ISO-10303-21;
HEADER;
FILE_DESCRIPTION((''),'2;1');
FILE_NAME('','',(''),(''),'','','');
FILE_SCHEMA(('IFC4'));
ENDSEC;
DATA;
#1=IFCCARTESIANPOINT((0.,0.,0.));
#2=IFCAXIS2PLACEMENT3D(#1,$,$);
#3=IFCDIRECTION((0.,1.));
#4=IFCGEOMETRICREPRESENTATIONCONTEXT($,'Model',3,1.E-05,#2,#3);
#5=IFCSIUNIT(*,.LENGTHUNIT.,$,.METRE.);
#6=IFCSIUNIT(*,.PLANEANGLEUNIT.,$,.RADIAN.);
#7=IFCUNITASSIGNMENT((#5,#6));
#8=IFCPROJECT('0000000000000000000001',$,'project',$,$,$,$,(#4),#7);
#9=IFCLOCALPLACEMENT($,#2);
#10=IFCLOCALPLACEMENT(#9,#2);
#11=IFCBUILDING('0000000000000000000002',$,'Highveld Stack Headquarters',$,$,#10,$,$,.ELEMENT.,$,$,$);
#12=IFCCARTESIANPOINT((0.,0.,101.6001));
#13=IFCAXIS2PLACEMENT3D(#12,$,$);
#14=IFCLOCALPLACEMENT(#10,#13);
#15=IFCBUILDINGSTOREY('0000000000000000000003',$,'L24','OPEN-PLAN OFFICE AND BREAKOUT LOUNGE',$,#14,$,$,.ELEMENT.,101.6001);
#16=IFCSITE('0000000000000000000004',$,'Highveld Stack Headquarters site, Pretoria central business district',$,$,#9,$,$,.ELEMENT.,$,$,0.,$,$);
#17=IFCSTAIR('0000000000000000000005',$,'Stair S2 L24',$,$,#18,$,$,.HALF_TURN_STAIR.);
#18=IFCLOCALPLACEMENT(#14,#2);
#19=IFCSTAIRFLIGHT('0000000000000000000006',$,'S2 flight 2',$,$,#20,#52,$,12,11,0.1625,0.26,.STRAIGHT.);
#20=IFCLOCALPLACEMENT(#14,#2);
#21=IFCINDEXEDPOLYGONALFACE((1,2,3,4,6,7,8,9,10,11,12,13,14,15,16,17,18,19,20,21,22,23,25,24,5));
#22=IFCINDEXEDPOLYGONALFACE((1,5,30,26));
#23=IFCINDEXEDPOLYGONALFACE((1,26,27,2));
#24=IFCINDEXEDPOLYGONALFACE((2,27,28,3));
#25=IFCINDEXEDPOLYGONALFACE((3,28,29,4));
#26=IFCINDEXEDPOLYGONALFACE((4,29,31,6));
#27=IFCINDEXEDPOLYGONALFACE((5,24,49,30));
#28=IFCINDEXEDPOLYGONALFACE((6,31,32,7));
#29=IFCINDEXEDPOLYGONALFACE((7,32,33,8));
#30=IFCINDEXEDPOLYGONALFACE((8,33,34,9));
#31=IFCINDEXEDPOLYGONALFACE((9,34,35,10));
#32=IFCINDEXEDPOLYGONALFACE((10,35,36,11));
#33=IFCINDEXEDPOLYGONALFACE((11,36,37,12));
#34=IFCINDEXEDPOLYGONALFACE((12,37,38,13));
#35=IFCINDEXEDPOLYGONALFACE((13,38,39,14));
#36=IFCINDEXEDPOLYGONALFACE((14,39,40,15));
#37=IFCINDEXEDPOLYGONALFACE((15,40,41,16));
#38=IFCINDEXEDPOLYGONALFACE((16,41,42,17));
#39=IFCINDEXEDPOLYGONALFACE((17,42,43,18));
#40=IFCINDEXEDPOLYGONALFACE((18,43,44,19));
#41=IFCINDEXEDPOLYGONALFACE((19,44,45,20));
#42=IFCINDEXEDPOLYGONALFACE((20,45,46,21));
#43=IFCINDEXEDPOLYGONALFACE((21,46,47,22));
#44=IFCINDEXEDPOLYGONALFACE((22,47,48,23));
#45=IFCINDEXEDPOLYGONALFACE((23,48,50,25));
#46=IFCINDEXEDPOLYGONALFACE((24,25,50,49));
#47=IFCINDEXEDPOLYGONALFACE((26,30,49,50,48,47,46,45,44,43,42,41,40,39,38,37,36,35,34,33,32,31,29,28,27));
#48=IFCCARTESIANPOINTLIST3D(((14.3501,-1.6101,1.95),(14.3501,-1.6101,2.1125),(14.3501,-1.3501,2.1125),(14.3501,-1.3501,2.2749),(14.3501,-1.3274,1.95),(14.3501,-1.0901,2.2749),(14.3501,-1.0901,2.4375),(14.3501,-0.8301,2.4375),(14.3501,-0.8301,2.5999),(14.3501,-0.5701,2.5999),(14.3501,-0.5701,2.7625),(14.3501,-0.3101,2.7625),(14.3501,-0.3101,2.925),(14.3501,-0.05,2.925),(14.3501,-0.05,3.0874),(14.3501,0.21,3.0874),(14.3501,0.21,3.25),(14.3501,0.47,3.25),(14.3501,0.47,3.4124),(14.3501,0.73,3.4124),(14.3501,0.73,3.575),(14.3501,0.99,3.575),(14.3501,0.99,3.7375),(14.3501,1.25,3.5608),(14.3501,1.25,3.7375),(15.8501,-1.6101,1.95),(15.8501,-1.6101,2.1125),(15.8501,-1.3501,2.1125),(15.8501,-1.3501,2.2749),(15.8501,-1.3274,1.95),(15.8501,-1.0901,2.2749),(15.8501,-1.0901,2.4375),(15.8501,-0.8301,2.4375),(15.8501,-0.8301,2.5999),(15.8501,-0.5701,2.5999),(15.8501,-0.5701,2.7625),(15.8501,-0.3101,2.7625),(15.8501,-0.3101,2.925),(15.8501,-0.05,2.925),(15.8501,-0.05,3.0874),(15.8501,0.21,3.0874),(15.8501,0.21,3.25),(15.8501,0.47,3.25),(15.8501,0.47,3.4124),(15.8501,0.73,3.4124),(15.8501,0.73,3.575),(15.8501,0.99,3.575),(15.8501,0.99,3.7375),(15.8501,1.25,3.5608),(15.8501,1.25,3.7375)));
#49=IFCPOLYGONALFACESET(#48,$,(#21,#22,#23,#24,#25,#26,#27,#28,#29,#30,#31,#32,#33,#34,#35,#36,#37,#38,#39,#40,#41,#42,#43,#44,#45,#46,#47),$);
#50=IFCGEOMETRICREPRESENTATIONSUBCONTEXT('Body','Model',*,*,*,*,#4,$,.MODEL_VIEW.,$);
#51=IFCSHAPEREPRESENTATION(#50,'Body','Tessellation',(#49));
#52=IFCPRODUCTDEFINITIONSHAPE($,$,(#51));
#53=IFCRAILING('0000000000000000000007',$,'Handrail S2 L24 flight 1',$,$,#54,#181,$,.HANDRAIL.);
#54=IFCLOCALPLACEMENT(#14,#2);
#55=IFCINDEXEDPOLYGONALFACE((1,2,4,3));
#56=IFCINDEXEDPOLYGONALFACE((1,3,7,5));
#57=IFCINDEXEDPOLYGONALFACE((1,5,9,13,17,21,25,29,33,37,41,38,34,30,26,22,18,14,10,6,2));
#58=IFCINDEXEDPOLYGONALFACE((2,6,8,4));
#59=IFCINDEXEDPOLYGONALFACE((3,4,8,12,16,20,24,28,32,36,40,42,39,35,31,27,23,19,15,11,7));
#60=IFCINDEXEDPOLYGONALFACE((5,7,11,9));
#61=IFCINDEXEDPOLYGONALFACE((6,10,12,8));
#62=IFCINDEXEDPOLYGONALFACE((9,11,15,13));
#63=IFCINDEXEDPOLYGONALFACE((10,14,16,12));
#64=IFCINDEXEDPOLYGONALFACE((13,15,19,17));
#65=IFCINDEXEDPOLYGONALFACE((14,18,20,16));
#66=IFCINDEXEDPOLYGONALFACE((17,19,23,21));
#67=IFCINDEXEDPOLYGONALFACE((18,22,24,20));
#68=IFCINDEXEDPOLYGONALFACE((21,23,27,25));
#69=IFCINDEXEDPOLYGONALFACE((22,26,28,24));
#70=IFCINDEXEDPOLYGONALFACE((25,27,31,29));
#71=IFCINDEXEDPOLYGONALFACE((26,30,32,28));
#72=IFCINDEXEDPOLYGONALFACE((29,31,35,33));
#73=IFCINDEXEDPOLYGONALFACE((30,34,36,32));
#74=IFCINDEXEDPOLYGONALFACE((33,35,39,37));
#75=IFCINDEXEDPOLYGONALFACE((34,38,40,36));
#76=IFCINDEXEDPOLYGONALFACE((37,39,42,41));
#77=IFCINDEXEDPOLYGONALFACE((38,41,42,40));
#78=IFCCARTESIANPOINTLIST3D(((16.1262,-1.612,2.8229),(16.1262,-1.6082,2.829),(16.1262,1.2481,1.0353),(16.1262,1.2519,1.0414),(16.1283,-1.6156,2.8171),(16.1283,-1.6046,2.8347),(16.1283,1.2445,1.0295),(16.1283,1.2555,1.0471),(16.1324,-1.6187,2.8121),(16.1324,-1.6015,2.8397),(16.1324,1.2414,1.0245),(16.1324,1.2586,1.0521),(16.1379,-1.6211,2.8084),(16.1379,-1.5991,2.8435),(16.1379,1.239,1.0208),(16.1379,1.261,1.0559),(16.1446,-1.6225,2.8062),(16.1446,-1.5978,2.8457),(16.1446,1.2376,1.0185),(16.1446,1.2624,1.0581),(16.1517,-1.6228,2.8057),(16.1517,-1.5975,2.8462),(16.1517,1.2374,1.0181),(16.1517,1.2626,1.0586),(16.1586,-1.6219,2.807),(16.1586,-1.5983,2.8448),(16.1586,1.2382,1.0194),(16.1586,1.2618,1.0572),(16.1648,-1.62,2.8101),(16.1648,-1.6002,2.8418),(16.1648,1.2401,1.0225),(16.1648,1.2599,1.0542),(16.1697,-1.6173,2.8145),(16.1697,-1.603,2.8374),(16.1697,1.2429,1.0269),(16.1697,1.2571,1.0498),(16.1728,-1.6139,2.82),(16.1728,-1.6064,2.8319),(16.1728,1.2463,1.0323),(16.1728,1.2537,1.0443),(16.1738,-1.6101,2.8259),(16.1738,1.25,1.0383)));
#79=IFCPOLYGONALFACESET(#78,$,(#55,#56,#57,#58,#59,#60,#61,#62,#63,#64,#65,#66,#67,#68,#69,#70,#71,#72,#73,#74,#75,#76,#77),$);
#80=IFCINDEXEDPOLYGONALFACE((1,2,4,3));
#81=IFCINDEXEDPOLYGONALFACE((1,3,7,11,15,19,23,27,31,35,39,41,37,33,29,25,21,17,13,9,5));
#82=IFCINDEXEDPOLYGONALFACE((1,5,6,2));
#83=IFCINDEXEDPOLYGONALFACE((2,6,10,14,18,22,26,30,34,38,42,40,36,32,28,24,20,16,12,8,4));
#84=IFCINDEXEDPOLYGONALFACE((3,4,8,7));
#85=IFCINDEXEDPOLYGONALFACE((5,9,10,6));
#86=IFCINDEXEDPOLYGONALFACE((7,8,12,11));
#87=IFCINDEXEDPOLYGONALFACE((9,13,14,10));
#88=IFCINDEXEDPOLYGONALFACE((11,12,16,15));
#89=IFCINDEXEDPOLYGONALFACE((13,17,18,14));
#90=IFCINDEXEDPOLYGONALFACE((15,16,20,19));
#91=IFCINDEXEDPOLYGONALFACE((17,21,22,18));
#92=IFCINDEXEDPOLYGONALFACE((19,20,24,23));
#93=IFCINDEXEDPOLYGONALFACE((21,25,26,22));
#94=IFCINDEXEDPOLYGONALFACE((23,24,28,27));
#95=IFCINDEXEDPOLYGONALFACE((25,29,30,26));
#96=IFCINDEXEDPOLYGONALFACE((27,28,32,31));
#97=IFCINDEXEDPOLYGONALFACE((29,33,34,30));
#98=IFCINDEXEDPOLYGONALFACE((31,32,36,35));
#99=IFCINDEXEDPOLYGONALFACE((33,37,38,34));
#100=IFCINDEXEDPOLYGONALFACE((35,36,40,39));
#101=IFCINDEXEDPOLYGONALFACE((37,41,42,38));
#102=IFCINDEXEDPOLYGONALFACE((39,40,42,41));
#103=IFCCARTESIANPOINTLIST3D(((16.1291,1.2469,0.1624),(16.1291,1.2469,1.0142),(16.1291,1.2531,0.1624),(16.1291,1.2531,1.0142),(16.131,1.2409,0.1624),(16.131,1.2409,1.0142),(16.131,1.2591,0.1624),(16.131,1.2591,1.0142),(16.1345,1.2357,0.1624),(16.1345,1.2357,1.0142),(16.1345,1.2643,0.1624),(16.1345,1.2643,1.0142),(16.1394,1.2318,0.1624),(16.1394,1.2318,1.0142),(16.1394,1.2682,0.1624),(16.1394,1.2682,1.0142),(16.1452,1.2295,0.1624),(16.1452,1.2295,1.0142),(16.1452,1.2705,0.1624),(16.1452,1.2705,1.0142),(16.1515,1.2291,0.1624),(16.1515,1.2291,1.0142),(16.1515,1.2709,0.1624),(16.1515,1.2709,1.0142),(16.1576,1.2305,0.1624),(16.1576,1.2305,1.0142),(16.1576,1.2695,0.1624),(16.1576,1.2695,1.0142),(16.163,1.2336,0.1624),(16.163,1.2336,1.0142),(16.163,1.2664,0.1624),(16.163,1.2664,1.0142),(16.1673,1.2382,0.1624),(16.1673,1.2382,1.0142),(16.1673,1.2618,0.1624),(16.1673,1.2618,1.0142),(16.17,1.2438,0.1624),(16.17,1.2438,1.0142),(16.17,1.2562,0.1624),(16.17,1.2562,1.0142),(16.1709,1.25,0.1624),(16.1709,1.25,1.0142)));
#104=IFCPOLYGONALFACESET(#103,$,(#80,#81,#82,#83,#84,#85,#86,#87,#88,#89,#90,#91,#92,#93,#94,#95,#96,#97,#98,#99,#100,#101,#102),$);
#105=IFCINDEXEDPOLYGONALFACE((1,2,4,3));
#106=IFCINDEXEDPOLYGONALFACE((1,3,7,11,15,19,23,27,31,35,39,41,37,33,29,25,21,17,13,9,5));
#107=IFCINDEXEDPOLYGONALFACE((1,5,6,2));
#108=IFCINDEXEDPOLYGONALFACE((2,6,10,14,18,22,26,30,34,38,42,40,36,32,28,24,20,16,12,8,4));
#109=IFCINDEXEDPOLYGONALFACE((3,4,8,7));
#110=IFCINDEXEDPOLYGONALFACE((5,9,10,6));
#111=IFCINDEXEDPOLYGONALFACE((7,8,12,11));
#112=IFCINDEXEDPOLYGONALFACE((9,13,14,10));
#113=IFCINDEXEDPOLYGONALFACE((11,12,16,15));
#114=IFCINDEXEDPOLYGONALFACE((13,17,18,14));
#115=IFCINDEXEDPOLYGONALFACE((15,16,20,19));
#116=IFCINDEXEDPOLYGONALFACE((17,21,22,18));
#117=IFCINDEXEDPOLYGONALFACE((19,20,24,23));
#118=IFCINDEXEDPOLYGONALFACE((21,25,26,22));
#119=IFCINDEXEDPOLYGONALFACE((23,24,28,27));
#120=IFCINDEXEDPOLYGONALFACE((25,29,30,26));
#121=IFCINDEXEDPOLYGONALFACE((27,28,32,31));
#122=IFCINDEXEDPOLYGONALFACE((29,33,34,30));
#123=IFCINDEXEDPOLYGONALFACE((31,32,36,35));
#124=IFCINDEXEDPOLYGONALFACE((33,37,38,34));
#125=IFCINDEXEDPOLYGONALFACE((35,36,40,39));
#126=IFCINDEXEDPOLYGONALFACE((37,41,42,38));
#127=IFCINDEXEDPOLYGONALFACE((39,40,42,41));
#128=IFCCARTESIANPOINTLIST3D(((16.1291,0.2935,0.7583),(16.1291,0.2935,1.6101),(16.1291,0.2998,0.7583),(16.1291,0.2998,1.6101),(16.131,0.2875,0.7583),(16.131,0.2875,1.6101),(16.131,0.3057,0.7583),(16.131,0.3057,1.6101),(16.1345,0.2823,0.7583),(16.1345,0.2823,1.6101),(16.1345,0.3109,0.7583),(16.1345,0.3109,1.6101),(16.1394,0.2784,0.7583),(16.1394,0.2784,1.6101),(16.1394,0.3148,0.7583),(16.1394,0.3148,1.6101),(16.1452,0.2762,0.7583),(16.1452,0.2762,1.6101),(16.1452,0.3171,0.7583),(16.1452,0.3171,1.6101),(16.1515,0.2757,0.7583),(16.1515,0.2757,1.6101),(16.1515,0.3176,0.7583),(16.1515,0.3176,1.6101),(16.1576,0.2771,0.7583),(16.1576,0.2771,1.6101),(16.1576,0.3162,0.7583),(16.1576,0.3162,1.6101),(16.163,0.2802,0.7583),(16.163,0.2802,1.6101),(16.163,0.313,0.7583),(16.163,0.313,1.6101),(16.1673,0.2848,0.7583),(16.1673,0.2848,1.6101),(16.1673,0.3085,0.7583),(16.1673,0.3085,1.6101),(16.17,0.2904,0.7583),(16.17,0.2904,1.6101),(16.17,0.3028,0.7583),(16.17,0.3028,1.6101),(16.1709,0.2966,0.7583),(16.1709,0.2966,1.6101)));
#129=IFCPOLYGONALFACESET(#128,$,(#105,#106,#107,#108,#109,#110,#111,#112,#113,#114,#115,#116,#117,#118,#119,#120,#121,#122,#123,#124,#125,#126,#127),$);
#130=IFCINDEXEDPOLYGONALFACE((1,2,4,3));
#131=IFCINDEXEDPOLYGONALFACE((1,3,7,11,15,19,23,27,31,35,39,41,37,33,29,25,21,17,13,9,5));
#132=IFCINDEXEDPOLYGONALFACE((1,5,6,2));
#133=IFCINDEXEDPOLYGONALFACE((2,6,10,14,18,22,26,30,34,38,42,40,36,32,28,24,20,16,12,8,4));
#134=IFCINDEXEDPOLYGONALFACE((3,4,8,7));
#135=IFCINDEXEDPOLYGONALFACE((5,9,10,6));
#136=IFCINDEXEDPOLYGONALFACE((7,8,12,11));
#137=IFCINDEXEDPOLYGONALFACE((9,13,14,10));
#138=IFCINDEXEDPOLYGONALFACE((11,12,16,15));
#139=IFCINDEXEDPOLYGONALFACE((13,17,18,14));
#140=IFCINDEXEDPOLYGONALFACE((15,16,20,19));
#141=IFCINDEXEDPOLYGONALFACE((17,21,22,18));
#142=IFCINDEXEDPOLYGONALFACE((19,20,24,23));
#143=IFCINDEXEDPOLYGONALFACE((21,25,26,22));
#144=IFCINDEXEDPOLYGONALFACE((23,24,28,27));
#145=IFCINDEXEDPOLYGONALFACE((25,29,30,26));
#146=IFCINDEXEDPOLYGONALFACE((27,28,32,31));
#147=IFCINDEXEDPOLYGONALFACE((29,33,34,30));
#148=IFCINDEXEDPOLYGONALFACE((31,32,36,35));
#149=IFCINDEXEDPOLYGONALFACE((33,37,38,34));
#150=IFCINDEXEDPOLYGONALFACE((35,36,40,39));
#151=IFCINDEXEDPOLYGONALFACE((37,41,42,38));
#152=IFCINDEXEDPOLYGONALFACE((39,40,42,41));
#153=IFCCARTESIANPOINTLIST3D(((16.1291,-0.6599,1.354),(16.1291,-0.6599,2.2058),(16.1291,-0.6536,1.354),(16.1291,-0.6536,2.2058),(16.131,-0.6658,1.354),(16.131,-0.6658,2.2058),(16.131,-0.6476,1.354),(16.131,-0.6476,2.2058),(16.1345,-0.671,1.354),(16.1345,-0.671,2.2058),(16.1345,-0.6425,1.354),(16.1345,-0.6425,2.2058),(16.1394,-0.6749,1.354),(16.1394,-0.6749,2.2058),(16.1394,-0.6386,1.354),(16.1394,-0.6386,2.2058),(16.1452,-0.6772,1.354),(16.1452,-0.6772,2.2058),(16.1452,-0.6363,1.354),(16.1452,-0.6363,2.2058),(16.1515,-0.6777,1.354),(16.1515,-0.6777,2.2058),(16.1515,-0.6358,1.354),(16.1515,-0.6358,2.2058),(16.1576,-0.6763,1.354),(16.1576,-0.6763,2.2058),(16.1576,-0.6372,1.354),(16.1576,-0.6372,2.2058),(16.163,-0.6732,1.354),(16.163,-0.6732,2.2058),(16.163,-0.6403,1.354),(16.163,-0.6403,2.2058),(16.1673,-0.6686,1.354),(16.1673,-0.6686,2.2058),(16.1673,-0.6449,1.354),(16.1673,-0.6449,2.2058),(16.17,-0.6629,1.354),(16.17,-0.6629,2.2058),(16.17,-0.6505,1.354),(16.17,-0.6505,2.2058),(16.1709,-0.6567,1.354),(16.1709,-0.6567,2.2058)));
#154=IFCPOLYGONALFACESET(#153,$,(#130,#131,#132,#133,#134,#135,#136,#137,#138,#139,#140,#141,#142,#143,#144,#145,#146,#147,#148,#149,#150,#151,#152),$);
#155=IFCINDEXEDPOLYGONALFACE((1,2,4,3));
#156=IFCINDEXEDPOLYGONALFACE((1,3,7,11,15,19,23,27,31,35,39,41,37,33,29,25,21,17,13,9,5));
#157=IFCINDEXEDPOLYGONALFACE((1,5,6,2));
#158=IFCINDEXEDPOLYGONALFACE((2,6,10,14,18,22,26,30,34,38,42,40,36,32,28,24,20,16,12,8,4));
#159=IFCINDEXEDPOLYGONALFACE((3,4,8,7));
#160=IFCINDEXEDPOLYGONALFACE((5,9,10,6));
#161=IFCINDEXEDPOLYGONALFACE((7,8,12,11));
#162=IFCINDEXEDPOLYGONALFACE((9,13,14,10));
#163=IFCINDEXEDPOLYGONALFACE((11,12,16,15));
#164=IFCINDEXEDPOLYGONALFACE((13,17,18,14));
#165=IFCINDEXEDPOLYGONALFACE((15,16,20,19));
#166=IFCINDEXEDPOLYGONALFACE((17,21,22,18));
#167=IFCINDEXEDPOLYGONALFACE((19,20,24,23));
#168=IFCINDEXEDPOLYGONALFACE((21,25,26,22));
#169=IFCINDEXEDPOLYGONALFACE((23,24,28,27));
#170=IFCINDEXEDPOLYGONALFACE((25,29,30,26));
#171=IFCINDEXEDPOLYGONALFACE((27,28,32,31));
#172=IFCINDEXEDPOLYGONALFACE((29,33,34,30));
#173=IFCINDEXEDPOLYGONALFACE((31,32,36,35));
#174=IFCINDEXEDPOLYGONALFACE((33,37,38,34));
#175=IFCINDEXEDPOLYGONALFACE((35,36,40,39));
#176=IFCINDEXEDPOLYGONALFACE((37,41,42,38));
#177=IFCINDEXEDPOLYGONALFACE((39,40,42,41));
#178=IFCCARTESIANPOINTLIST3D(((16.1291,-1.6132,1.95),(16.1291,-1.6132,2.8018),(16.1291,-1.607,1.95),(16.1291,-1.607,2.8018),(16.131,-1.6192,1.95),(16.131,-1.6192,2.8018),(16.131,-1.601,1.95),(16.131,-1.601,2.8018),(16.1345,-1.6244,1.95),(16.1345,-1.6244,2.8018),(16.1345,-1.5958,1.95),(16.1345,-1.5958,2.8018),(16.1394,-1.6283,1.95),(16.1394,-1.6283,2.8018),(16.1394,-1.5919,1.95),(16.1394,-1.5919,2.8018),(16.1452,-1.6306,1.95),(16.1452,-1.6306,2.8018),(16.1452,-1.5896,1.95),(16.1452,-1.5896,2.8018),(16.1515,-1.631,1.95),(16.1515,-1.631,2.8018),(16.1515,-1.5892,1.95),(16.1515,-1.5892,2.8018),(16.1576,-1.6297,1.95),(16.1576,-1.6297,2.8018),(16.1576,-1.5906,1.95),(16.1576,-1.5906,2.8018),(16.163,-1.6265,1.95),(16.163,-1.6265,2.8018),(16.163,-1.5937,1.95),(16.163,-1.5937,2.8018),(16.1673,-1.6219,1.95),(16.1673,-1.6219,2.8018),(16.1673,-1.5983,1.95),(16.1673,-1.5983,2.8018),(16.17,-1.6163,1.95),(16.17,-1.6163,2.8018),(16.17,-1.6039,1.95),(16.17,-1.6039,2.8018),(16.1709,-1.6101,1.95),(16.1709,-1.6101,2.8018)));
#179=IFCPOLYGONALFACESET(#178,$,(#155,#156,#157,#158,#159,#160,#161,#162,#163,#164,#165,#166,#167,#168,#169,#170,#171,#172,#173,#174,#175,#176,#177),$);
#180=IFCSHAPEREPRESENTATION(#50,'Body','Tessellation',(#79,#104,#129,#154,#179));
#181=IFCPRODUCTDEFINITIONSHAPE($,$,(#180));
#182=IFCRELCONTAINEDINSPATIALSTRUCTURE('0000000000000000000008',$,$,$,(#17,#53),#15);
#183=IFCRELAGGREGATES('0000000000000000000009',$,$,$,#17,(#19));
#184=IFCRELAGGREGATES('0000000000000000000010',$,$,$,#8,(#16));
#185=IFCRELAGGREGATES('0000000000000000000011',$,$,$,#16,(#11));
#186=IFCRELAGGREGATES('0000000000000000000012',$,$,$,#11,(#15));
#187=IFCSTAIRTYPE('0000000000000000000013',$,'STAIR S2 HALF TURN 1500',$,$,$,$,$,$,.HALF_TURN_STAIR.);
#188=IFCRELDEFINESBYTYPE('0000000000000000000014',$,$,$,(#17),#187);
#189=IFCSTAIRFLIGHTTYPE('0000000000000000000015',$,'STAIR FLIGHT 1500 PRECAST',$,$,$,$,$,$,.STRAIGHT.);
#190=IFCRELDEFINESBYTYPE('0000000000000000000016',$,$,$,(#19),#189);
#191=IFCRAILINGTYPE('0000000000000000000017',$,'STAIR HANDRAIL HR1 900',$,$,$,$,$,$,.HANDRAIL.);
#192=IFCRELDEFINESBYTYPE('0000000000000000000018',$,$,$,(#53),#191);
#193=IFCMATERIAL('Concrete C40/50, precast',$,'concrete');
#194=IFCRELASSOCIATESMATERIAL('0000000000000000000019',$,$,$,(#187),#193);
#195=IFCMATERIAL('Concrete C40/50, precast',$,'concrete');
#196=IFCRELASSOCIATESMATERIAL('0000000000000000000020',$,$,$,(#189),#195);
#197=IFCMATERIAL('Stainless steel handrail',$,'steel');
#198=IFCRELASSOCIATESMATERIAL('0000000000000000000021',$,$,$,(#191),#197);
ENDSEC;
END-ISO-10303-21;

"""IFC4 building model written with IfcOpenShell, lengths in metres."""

from ifc_helpers import new_model, si_unit, direction, frame, origin, origin_2d, place, context, subcontext, project, spatial, polyline, circle, outline, extrude, material, type_object, element, aggregate, save


model = new_model("IFC4")

# Units and contexts
model_context = context("Model", 3, precision=1e-05, world=origin(), true_north=direction((0.0, 1.0)))
body_context = subcontext(model_context, "Body", "Model", "MODEL_VIEW")
ifc_project = project(units=[si_unit("LENGTHUNIT", "METRE"), si_unit("PLANEANGLEUNIT", "RADIAN")], contexts=[model_context])

# Site, building, storey
site_placement = place(None, origin())
site = spatial("IfcSite", under=ifc_project, at=site_placement, Name="Highveld Stack Headquarters site, Pretoria central business district", CompositionType="ELEMENT", RefElevation=0.0)
building_placement = place(site_placement, origin())
building = spatial("IfcBuilding", under=site, at=building_placement, Name="Highveld Stack Headquarters", CompositionType="ELEMENT")
storey_placement = place(building_placement, frame((0.0, 0.0, 101.6001)))
storey = spatial("IfcBuildingStorey", under=building, at=storey_placement, Name="L24", Description="OPEN-PLAN OFFICE AND BREAKOUT LOUNGE", CompositionType="ELEMENT", Elevation=101.6001)

# Stair
ifc_material_1 = material(Name="Concrete C40/50, precast", Category="concrete")
stair_type_1 = type_object("IfcStairType", Name="STAIR S2 HALF TURN 1500", PredefinedType="HALF_TURN_STAIR", material=ifc_material_1)
stair_1_placement = place(storey_placement, origin())
stair_1 = element("IfcStair", 1, at=stair_1_placement, inside=storey, type_object=stair_type_1, Name="Stair S2 L24", PredefinedType="HALF_TURN_STAIR")

# Stair flight
ifc_material_2 = material(Name="Concrete C40/50, precast", Category="concrete")
stair_flight_type = type_object("IfcStairFlightType", Name="STAIR FLIGHT 1500 PRECAST", PredefinedType="STRAIGHT", material=ifc_material_2)
stair_flight_1_placement = place(storey_placement, frame((15.1001, -1.6101, 1.95), z_axis=(0.0, 0.0, 1.0), x_axis=(0.0, 1.0, 0.0)))
stair_flight_1 = element("IfcStairFlight", 2, at=stair_flight_1_placement, type_object=stair_flight_type, Name="S2 flight 2", NumberOfRisers=12, NumberOfTreads=11, PredefinedType="STRAIGHT", RiserHeight=0.1625, TreadLength=0.26, context=body_context, shape_type="SweptSolid", body=[
    extrude(outline(polyline([(0.0, 0.0), (0.0, 0.1626), (0.26, 0.1626), (0.26, 0.325), (0.52, 0.325), (0.52, 0.4875), (0.78, 0.4875), (0.78, 0.6499), (1.04, 0.6499), (1.04, 0.8125), (1.3, 0.8125), (1.3, 0.9751), (1.5601, 0.9751), (1.5601, 1.1375), (1.8201, 1.1375), (1.8201, 1.3), (2.0801, 1.3), (2.0801, 1.4624), (2.3401, 1.4624), (2.3401, 1.625), (2.6001, 1.625), (2.6001, 1.7876), (2.8601, 1.7876), (2.8601, 1.95), (2.8601, 1.6108), (0.2827, 0.0), (0.0, 0.0)])), frame((0.0, 0.75, 0.0), z_axis=(0.0, -1.0, 0.0), x_axis=(1.0, 0.0, 0.0)), (0.0, 0.0, 1.0), 1.5),
])
aggregate(stair_1, [stair_flight_1])

# Railing
ifc_material_3 = material(Name="Stainless steel handrail", Category="steel")
railing_type = type_object("IfcRailingType", Name="STAIR HANDRAIL HR1 900", PredefinedType="HANDRAIL", material=ifc_material_3)
railing_placement = place(storey_placement, frame((16.1499, 1.25, 0.1624)))
element("IfcRailing", 3, at=railing_placement, inside=storey, type_object=railing_type, Name="Handrail S2 L24 flight 1", PredefinedType="HANDRAIL", context=body_context, shape_type="SweptSolid", body=[
    extrude(circle(Radius=0.0239, at=origin_2d()), frame((0.0, 0.0, 0.876), z_axis=(0.0, -0.847994, 0.530005), x_axis=(1.0, 0.0, 0.0)), (0.0, 0.0, 1.0), 3.3728),
    extrude(circle(Radius=0.021, at=origin_2d()), origin(), (0.0, 0.0, 1.0), 0.8518),
    extrude(circle(Radius=0.021, at=origin_2d()), frame((0.0, -0.9534, 0.5959)), (0.0, 0.0, 1.0), 0.8518),
    extrude(circle(Radius=0.021, at=origin_2d()), frame((0.0, -1.9067, 1.1917)), (0.0, 0.0, 1.0), 0.8518),
    extrude(circle(Radius=0.021, at=origin_2d()), frame((0.0, -2.8601, 1.7876)), (0.0, 0.0, 1.0), 0.8518),
])

save(model, "model.ifc")
